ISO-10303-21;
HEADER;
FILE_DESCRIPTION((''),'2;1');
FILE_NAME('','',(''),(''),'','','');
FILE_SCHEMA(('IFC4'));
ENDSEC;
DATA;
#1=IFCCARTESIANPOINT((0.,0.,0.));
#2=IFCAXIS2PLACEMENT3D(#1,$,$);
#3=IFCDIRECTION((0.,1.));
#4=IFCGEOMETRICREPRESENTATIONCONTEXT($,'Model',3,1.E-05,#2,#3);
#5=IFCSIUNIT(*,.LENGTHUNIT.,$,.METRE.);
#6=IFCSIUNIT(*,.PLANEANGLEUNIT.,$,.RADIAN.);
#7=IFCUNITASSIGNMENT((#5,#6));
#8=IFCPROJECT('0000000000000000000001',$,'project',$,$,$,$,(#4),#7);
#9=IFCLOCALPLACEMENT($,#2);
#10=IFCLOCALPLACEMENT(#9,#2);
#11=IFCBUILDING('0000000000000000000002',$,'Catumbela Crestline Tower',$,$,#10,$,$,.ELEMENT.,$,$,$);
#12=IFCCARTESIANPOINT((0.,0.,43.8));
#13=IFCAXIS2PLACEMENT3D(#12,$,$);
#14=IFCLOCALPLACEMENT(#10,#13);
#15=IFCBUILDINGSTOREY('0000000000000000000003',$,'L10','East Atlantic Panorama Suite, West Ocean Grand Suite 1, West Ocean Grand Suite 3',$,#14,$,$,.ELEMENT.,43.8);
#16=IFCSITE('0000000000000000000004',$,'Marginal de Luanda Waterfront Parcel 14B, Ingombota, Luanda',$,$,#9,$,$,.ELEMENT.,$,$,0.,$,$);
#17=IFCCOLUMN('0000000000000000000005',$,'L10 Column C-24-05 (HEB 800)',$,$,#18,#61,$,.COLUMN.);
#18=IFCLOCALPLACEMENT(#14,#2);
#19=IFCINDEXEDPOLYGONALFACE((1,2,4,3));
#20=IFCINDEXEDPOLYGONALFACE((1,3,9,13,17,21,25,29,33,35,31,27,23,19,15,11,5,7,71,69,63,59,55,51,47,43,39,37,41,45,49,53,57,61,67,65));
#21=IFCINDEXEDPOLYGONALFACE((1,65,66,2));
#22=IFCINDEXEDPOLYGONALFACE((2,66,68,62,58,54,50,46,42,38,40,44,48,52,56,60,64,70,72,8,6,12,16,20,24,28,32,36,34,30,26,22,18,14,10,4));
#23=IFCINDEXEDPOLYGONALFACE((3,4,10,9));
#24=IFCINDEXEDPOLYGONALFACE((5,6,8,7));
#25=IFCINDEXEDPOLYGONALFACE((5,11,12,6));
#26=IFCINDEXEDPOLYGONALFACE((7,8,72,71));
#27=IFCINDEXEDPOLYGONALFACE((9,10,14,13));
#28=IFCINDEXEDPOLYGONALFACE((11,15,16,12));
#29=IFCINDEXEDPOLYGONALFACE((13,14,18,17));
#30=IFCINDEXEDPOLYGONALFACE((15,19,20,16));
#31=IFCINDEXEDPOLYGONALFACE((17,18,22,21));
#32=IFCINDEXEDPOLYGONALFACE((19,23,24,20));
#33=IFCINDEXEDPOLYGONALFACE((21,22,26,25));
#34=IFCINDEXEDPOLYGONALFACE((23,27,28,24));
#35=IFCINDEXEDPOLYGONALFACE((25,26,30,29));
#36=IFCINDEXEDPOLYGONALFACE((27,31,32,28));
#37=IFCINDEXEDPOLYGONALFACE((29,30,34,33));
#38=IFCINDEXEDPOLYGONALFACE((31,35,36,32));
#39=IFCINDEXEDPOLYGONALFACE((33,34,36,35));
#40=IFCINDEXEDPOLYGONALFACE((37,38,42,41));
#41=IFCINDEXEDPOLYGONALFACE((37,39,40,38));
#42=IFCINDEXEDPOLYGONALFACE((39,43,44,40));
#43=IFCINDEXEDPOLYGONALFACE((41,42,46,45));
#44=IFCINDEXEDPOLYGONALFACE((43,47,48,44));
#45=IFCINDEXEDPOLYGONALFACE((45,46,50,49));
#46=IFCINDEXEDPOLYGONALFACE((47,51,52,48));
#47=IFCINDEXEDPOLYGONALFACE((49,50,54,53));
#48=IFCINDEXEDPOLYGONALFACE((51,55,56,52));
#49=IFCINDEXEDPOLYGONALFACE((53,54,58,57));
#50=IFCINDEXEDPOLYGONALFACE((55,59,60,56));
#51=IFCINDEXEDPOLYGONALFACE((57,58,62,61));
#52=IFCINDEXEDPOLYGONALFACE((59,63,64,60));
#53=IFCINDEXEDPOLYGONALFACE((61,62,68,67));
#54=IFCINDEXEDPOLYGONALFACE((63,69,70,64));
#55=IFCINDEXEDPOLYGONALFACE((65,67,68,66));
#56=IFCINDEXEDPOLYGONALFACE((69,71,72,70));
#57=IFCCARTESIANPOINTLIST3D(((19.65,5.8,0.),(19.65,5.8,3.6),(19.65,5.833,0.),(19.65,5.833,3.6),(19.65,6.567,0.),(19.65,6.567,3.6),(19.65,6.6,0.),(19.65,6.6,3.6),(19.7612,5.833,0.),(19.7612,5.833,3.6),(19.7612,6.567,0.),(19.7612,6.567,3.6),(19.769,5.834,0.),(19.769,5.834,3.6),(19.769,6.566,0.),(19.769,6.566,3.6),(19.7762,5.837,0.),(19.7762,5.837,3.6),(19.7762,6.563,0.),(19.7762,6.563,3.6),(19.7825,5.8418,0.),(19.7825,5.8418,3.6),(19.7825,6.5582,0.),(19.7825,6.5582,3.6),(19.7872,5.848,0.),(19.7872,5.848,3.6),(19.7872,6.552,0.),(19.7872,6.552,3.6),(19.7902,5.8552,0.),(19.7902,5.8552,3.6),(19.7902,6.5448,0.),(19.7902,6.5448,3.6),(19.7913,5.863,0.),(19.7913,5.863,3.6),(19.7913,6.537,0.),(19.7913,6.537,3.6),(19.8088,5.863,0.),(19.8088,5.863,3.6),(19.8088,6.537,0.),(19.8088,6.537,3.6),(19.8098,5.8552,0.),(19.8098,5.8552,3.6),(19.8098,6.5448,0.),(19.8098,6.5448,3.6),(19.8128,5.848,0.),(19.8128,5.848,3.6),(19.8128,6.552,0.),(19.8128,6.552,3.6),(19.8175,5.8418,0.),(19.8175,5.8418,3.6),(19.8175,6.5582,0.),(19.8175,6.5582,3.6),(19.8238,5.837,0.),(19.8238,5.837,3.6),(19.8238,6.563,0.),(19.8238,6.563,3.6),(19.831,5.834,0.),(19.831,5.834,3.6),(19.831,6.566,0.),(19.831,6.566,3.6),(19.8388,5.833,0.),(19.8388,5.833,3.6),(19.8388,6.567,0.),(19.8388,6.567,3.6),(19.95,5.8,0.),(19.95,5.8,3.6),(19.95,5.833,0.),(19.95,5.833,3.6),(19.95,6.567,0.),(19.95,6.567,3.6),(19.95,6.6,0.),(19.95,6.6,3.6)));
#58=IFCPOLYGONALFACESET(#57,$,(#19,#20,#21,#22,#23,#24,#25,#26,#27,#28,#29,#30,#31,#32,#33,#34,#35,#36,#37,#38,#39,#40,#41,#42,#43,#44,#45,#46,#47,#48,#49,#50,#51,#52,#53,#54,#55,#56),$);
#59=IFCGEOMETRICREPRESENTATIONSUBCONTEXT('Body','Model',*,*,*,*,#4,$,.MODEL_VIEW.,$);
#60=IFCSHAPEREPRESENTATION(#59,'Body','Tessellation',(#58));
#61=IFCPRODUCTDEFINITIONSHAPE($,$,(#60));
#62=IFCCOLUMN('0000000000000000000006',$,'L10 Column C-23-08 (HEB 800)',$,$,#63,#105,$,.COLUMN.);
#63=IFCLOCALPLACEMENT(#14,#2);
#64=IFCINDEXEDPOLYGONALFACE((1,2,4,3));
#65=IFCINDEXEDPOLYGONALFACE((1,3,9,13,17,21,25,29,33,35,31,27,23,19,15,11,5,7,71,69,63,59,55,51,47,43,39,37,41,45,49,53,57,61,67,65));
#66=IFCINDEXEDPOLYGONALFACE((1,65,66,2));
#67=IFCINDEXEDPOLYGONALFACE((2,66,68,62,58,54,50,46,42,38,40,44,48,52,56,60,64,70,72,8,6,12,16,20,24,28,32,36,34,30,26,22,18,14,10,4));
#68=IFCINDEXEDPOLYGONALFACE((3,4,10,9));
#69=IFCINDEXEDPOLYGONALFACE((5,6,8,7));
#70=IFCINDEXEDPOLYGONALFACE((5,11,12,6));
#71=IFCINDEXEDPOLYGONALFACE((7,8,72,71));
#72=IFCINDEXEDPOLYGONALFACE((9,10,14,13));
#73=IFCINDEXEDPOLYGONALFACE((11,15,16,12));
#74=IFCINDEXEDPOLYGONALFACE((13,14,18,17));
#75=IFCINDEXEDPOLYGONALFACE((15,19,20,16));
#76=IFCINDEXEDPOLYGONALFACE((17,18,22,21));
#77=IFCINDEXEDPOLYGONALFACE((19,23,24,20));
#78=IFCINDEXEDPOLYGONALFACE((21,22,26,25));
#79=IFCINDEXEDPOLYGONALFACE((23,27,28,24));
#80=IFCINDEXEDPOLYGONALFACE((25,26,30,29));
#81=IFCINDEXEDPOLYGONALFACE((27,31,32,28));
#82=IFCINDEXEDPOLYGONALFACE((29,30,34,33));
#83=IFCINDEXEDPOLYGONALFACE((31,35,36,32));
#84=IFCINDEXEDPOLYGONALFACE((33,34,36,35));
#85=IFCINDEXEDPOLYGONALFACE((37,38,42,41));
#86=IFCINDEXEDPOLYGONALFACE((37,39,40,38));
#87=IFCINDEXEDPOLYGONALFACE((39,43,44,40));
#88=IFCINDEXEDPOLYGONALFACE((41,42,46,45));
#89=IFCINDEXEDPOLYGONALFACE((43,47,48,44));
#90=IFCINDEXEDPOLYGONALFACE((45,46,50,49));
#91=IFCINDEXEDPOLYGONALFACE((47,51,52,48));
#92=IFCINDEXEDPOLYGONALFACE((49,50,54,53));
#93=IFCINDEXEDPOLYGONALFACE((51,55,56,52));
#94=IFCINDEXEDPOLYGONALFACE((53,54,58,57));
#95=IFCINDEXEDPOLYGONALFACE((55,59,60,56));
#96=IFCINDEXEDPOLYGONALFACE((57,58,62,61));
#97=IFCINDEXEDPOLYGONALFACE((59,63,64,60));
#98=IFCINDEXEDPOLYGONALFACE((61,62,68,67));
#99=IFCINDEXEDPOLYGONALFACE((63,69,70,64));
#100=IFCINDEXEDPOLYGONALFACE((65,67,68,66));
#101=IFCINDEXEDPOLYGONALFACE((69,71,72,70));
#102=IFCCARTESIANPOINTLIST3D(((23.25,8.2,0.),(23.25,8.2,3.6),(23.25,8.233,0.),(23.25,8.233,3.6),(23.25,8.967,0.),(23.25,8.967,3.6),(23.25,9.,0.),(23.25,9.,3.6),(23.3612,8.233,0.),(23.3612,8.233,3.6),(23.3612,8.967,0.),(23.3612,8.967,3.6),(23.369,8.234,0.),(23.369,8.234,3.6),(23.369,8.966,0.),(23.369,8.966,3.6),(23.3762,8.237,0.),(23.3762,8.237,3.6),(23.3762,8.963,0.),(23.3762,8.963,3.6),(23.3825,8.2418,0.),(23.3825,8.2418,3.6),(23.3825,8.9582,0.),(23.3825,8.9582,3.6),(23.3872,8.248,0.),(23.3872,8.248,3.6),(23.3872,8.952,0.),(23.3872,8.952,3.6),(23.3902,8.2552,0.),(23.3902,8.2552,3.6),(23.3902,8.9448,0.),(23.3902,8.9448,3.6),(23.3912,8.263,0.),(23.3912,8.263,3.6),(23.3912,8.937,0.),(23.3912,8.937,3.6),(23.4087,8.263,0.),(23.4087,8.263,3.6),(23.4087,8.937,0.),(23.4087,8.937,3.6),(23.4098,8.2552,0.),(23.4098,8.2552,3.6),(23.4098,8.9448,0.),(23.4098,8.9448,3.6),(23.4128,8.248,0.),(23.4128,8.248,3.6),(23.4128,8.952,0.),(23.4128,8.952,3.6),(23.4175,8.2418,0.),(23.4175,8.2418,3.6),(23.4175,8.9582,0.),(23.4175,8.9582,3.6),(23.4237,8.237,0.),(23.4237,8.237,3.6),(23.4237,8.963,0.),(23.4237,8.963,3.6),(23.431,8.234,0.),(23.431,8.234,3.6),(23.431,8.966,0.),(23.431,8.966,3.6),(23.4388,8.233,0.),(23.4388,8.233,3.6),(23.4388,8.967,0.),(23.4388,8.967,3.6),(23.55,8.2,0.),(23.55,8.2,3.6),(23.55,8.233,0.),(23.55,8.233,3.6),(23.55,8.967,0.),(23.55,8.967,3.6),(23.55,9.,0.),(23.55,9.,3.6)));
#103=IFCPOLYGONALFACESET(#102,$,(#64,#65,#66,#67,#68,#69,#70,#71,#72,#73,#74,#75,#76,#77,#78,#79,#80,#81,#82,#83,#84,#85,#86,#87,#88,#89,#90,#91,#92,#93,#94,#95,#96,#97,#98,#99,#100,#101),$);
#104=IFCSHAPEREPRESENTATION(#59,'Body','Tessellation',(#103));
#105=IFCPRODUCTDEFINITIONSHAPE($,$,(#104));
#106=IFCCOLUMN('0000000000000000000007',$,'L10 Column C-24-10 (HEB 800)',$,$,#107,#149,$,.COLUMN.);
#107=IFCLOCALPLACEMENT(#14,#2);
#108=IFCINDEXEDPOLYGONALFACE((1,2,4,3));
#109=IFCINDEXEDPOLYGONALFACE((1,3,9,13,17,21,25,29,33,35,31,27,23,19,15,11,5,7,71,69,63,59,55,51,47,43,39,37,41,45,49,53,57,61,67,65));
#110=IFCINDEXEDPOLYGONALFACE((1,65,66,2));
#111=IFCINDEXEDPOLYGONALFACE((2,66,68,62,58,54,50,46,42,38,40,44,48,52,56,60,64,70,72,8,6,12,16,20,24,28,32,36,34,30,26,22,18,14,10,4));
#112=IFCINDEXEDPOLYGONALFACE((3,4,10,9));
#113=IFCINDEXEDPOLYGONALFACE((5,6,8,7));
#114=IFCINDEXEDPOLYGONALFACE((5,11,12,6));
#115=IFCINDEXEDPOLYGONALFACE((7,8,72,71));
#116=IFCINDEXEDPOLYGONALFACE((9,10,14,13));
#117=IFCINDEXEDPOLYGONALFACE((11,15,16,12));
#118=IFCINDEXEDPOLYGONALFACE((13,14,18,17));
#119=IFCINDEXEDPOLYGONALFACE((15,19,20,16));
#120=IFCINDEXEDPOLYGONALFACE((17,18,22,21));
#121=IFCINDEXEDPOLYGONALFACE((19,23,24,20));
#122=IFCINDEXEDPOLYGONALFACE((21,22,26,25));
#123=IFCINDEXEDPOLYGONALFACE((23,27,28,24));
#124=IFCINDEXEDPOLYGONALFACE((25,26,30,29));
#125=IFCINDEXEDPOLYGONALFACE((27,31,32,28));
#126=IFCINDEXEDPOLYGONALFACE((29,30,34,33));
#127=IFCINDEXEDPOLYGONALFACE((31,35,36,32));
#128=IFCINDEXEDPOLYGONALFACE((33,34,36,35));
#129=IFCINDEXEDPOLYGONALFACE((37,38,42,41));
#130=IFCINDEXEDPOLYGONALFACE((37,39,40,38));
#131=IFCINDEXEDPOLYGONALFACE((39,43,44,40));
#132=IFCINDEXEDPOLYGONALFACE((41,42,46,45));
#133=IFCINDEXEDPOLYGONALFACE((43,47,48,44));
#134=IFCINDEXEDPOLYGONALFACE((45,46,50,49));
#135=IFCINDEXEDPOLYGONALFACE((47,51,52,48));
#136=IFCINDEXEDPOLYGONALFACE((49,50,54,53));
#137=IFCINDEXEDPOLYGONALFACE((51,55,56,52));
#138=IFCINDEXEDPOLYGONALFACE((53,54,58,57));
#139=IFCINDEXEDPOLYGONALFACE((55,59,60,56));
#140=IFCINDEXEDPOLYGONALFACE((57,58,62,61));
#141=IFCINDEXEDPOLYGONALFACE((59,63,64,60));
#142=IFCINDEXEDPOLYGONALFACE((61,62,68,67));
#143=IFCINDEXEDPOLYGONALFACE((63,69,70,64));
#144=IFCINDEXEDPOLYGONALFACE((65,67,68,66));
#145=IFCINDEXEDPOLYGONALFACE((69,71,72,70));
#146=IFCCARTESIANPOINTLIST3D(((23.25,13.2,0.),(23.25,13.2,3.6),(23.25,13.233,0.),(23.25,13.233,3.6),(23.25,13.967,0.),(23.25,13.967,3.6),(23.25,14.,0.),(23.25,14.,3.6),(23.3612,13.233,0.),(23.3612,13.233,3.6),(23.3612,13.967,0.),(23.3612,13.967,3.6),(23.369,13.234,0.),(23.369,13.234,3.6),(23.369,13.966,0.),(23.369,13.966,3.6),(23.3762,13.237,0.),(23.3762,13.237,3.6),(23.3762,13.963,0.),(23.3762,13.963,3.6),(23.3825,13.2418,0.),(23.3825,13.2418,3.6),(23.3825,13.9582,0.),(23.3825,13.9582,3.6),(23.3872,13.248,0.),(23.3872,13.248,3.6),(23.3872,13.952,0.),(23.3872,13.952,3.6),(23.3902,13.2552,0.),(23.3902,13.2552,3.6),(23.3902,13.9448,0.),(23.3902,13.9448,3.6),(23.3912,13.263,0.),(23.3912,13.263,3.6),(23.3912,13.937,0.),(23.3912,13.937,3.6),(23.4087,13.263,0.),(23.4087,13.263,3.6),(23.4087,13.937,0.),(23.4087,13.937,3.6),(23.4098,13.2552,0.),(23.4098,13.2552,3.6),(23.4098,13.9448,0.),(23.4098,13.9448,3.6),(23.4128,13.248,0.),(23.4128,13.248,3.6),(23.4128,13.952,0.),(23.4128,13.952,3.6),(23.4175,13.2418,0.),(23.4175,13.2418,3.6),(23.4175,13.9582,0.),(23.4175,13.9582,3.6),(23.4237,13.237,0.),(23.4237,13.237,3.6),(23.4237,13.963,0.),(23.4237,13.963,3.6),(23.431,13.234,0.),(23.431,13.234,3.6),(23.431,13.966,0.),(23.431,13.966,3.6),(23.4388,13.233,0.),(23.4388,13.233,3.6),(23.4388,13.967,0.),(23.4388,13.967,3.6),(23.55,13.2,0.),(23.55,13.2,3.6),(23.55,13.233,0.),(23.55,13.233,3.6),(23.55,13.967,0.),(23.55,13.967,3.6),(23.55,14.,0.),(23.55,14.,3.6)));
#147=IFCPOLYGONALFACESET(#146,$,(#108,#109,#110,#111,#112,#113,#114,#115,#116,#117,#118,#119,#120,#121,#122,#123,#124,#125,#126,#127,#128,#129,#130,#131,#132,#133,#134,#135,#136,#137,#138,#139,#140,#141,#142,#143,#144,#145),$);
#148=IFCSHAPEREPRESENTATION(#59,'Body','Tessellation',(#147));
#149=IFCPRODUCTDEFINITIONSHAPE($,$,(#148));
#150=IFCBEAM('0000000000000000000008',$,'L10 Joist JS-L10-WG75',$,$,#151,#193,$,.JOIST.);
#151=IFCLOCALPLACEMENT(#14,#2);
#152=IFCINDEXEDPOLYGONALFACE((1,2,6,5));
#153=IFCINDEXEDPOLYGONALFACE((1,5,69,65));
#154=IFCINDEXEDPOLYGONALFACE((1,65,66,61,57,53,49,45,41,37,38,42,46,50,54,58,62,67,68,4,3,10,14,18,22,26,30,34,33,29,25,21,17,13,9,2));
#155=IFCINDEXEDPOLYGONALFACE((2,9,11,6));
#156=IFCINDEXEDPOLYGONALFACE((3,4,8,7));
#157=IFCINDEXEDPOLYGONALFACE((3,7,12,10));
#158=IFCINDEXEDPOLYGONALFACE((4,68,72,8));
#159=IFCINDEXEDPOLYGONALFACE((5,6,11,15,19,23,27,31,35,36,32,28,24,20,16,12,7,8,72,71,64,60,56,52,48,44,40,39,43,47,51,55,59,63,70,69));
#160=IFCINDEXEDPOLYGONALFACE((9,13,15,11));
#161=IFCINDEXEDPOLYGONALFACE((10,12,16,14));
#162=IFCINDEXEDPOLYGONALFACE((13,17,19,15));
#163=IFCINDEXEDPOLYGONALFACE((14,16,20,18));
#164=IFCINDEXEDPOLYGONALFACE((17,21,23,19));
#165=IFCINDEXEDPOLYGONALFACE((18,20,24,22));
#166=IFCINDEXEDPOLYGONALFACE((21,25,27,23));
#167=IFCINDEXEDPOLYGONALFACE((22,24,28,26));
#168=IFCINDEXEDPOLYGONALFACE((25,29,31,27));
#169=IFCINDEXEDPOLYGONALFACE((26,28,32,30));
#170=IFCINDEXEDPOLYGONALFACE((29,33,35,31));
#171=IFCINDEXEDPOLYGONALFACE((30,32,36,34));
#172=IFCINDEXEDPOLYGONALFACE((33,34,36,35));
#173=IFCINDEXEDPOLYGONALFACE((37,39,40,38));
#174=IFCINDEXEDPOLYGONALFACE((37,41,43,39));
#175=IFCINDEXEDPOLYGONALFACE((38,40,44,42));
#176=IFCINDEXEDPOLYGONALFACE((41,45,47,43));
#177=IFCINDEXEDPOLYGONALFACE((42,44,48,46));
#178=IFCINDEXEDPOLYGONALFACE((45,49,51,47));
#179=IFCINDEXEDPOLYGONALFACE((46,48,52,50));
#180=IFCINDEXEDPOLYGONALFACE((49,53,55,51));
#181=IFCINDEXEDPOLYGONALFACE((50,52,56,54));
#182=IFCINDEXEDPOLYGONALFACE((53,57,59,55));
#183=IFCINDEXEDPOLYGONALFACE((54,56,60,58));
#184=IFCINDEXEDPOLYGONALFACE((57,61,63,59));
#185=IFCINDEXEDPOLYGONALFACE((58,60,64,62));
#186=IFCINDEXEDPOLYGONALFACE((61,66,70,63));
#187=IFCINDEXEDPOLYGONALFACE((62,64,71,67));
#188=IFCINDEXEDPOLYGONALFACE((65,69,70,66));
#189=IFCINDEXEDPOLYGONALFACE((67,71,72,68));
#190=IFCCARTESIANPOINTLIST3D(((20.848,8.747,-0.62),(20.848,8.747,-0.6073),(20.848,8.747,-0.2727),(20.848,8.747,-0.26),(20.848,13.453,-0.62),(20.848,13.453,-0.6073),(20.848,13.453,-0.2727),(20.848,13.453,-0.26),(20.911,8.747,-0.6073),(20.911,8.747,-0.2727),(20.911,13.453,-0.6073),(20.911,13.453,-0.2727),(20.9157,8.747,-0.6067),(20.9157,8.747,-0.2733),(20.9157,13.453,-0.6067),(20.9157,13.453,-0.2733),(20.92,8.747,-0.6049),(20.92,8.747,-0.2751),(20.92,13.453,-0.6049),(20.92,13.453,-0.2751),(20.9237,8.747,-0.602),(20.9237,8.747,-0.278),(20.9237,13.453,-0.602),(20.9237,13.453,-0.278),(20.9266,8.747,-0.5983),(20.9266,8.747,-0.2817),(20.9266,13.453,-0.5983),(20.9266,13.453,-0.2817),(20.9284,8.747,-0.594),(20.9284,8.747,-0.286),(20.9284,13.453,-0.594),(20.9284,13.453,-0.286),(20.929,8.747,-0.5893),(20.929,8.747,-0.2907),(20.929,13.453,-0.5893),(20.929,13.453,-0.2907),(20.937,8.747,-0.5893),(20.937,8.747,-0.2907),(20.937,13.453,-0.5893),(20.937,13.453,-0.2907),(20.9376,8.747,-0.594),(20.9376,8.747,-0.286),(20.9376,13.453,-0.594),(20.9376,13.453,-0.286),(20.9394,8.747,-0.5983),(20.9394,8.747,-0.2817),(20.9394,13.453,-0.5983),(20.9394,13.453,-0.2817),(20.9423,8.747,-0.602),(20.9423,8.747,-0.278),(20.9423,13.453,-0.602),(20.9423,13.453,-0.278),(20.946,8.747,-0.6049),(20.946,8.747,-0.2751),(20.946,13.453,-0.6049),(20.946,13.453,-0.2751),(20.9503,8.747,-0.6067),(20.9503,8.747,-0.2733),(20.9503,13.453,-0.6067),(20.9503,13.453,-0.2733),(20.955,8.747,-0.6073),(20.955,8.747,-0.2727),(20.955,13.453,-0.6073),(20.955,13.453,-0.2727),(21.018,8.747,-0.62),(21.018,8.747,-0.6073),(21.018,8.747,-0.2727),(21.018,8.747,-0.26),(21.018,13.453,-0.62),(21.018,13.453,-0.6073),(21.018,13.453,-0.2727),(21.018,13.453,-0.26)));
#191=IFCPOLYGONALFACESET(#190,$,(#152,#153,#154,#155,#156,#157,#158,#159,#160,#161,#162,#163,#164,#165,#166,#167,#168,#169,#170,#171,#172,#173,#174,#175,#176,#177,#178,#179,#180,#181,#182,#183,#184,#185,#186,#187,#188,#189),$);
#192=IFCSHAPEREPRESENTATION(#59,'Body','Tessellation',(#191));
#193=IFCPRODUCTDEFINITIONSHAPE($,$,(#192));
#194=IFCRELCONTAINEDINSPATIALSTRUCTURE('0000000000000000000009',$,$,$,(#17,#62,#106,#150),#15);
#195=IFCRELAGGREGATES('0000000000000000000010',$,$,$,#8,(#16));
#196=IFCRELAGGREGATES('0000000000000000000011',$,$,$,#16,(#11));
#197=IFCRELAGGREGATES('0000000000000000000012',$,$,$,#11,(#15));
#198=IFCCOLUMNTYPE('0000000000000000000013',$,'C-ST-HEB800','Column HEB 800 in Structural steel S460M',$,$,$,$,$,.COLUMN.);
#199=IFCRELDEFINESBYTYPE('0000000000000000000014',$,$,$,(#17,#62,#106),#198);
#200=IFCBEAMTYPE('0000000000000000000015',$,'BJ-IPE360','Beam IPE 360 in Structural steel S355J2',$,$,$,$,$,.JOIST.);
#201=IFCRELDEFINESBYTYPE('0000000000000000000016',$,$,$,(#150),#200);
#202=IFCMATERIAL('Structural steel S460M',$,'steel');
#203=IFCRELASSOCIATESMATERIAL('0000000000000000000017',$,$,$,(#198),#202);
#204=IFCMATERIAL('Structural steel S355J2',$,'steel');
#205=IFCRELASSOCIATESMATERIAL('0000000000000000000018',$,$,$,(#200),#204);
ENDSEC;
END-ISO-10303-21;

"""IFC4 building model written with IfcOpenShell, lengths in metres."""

from ifc_helpers import new_model, si_unit, direction, frame, origin, origin_2d, place, context, subcontext, project, spatial, i_section, extrude, material, material_profile, profile_set, type_object, element, save


model = new_model("IFC4")

# Units and contexts
model_context = context("Model", 3, precision=1e-05, world=origin(), true_north=direction((0.0, 1.0)))
body_context = subcontext(model_context, "Body", "Model", "MODEL_VIEW")
ifc_project = project(units=[si_unit("LENGTHUNIT", "METRE"), si_unit("PLANEANGLEUNIT", "RADIAN")], contexts=[model_context])

# Site, building, storey
site_placement = place(None, origin())
site = spatial("IfcSite", under=ifc_project, at=site_placement, Name="Marginal de Luanda Waterfront Parcel 14B, Ingombota, Luanda", CompositionType="ELEMENT", RefElevation=0.0)
building_placement = place(site_placement, origin())
building = spatial("IfcBuilding", under=site, at=building_placement, Name="Catumbela Crestline Tower", CompositionType="ELEMENT")
storey_placement = place(building_placement, frame((0.0, 0.0, 43.8)))
storey = spatial("IfcBuildingStorey", under=building, at=storey_placement, Name="L10", Description="East Atlantic Panorama Suite, West Ocean Grand Suite 1, West Ocean Grand Suite 3", CompositionType="ELEMENT", Elevation=43.8)

# Columns
ifc_material_1 = material(Name="Structural steel S460M", Category="steel")
ifc_material_profile_1 = material_profile(ifc_material_1, i_section(OverallWidth=0.3, OverallDepth=0.8, WebThickness=0.0175, FlangeThickness=0.033, FilletRadius=0.03, at=origin_2d()), Name="HEB 800")
ifc_profile_set_1 = profile_set([ifc_material_profile_1], Name="Structural steel S460M")
column_type = type_object("IfcColumnType", Name="C-ST-HEB800", Description="Column HEB 800 in Structural steel S460M", PredefinedType="COLUMN", material=ifc_profile_set_1)
for number, where, z_axis, x_axis, name in (
    (1, (19.8, 6.2, 0.0), (0.0, 0.0, 1.0), (1.0, 0.0, 0.0), "L10 Column C-24-05 (HEB 800)"),
    (2, (23.4, 8.6, 0.0), (0.0, 0.0, 1.0), (1.0, 0.0, 0.0), "L10 Column C-23-08 (HEB 800)"),
    (3, (23.4, 13.6, 0.0), (0.0, 0.0, 1.0), (1.0, 0.0, 0.0), "L10 Column C-24-10 (HEB 800)"),
):
    element("IfcColumn", number, at=place(storey_placement, frame(where, z_axis=z_axis, x_axis=x_axis)), inside=storey, type_object=column_type, Name=name, PredefinedType="COLUMN", context=body_context, shape_type="SweptSolid", body=[
        extrude(i_section(OverallWidth=0.3, OverallDepth=0.8, WebThickness=0.0175, FlangeThickness=0.033, FilletRadius=0.03, at=origin_2d()), origin(), (0.0, 0.0, 1.0), 3.6),
    ])

# Beam
ifc_material_2 = material(Name="Structural steel S355J2", Category="steel")
ifc_material_profile_2 = material_profile(ifc_material_2, i_section(OverallWidth=0.17, OverallDepth=0.36, WebThickness=0.008, FlangeThickness=0.0127, FilletRadius=0.018, at=origin_2d()), Name="IPE 360")
ifc_profile_set_2 = profile_set([ifc_material_profile_2], Name="Structural steel S355J2")
beam_type_1 = type_object("IfcBeamType", Name="BJ-IPE360", Description="Beam IPE 360 in Structural steel S355J2", PredefinedType="JOIST", material=ifc_profile_set_2)
beam_1_placement = place(storey_placement, frame((20.933, 8.747, -0.44), z_axis=(0.0, 1.0, 0.0), x_axis=(-1.0, 0.0, 0.0)))
element("IfcBeam", 4, at=beam_1_placement, inside=storey, type_object=beam_type_1, Name="L10 Joist JS-L10-WG75", PredefinedType="JOIST", context=body_context, shape_type="SweptSolid", body=[
    extrude(i_section(OverallWidth=0.17, OverallDepth=0.36, WebThickness=0.008, FlangeThickness=0.0127, FilletRadius=0.018, at=origin_2d()), origin(), (0.0, 0.0, 1.0), 4.706),
])

save(model, "model.ifc")
